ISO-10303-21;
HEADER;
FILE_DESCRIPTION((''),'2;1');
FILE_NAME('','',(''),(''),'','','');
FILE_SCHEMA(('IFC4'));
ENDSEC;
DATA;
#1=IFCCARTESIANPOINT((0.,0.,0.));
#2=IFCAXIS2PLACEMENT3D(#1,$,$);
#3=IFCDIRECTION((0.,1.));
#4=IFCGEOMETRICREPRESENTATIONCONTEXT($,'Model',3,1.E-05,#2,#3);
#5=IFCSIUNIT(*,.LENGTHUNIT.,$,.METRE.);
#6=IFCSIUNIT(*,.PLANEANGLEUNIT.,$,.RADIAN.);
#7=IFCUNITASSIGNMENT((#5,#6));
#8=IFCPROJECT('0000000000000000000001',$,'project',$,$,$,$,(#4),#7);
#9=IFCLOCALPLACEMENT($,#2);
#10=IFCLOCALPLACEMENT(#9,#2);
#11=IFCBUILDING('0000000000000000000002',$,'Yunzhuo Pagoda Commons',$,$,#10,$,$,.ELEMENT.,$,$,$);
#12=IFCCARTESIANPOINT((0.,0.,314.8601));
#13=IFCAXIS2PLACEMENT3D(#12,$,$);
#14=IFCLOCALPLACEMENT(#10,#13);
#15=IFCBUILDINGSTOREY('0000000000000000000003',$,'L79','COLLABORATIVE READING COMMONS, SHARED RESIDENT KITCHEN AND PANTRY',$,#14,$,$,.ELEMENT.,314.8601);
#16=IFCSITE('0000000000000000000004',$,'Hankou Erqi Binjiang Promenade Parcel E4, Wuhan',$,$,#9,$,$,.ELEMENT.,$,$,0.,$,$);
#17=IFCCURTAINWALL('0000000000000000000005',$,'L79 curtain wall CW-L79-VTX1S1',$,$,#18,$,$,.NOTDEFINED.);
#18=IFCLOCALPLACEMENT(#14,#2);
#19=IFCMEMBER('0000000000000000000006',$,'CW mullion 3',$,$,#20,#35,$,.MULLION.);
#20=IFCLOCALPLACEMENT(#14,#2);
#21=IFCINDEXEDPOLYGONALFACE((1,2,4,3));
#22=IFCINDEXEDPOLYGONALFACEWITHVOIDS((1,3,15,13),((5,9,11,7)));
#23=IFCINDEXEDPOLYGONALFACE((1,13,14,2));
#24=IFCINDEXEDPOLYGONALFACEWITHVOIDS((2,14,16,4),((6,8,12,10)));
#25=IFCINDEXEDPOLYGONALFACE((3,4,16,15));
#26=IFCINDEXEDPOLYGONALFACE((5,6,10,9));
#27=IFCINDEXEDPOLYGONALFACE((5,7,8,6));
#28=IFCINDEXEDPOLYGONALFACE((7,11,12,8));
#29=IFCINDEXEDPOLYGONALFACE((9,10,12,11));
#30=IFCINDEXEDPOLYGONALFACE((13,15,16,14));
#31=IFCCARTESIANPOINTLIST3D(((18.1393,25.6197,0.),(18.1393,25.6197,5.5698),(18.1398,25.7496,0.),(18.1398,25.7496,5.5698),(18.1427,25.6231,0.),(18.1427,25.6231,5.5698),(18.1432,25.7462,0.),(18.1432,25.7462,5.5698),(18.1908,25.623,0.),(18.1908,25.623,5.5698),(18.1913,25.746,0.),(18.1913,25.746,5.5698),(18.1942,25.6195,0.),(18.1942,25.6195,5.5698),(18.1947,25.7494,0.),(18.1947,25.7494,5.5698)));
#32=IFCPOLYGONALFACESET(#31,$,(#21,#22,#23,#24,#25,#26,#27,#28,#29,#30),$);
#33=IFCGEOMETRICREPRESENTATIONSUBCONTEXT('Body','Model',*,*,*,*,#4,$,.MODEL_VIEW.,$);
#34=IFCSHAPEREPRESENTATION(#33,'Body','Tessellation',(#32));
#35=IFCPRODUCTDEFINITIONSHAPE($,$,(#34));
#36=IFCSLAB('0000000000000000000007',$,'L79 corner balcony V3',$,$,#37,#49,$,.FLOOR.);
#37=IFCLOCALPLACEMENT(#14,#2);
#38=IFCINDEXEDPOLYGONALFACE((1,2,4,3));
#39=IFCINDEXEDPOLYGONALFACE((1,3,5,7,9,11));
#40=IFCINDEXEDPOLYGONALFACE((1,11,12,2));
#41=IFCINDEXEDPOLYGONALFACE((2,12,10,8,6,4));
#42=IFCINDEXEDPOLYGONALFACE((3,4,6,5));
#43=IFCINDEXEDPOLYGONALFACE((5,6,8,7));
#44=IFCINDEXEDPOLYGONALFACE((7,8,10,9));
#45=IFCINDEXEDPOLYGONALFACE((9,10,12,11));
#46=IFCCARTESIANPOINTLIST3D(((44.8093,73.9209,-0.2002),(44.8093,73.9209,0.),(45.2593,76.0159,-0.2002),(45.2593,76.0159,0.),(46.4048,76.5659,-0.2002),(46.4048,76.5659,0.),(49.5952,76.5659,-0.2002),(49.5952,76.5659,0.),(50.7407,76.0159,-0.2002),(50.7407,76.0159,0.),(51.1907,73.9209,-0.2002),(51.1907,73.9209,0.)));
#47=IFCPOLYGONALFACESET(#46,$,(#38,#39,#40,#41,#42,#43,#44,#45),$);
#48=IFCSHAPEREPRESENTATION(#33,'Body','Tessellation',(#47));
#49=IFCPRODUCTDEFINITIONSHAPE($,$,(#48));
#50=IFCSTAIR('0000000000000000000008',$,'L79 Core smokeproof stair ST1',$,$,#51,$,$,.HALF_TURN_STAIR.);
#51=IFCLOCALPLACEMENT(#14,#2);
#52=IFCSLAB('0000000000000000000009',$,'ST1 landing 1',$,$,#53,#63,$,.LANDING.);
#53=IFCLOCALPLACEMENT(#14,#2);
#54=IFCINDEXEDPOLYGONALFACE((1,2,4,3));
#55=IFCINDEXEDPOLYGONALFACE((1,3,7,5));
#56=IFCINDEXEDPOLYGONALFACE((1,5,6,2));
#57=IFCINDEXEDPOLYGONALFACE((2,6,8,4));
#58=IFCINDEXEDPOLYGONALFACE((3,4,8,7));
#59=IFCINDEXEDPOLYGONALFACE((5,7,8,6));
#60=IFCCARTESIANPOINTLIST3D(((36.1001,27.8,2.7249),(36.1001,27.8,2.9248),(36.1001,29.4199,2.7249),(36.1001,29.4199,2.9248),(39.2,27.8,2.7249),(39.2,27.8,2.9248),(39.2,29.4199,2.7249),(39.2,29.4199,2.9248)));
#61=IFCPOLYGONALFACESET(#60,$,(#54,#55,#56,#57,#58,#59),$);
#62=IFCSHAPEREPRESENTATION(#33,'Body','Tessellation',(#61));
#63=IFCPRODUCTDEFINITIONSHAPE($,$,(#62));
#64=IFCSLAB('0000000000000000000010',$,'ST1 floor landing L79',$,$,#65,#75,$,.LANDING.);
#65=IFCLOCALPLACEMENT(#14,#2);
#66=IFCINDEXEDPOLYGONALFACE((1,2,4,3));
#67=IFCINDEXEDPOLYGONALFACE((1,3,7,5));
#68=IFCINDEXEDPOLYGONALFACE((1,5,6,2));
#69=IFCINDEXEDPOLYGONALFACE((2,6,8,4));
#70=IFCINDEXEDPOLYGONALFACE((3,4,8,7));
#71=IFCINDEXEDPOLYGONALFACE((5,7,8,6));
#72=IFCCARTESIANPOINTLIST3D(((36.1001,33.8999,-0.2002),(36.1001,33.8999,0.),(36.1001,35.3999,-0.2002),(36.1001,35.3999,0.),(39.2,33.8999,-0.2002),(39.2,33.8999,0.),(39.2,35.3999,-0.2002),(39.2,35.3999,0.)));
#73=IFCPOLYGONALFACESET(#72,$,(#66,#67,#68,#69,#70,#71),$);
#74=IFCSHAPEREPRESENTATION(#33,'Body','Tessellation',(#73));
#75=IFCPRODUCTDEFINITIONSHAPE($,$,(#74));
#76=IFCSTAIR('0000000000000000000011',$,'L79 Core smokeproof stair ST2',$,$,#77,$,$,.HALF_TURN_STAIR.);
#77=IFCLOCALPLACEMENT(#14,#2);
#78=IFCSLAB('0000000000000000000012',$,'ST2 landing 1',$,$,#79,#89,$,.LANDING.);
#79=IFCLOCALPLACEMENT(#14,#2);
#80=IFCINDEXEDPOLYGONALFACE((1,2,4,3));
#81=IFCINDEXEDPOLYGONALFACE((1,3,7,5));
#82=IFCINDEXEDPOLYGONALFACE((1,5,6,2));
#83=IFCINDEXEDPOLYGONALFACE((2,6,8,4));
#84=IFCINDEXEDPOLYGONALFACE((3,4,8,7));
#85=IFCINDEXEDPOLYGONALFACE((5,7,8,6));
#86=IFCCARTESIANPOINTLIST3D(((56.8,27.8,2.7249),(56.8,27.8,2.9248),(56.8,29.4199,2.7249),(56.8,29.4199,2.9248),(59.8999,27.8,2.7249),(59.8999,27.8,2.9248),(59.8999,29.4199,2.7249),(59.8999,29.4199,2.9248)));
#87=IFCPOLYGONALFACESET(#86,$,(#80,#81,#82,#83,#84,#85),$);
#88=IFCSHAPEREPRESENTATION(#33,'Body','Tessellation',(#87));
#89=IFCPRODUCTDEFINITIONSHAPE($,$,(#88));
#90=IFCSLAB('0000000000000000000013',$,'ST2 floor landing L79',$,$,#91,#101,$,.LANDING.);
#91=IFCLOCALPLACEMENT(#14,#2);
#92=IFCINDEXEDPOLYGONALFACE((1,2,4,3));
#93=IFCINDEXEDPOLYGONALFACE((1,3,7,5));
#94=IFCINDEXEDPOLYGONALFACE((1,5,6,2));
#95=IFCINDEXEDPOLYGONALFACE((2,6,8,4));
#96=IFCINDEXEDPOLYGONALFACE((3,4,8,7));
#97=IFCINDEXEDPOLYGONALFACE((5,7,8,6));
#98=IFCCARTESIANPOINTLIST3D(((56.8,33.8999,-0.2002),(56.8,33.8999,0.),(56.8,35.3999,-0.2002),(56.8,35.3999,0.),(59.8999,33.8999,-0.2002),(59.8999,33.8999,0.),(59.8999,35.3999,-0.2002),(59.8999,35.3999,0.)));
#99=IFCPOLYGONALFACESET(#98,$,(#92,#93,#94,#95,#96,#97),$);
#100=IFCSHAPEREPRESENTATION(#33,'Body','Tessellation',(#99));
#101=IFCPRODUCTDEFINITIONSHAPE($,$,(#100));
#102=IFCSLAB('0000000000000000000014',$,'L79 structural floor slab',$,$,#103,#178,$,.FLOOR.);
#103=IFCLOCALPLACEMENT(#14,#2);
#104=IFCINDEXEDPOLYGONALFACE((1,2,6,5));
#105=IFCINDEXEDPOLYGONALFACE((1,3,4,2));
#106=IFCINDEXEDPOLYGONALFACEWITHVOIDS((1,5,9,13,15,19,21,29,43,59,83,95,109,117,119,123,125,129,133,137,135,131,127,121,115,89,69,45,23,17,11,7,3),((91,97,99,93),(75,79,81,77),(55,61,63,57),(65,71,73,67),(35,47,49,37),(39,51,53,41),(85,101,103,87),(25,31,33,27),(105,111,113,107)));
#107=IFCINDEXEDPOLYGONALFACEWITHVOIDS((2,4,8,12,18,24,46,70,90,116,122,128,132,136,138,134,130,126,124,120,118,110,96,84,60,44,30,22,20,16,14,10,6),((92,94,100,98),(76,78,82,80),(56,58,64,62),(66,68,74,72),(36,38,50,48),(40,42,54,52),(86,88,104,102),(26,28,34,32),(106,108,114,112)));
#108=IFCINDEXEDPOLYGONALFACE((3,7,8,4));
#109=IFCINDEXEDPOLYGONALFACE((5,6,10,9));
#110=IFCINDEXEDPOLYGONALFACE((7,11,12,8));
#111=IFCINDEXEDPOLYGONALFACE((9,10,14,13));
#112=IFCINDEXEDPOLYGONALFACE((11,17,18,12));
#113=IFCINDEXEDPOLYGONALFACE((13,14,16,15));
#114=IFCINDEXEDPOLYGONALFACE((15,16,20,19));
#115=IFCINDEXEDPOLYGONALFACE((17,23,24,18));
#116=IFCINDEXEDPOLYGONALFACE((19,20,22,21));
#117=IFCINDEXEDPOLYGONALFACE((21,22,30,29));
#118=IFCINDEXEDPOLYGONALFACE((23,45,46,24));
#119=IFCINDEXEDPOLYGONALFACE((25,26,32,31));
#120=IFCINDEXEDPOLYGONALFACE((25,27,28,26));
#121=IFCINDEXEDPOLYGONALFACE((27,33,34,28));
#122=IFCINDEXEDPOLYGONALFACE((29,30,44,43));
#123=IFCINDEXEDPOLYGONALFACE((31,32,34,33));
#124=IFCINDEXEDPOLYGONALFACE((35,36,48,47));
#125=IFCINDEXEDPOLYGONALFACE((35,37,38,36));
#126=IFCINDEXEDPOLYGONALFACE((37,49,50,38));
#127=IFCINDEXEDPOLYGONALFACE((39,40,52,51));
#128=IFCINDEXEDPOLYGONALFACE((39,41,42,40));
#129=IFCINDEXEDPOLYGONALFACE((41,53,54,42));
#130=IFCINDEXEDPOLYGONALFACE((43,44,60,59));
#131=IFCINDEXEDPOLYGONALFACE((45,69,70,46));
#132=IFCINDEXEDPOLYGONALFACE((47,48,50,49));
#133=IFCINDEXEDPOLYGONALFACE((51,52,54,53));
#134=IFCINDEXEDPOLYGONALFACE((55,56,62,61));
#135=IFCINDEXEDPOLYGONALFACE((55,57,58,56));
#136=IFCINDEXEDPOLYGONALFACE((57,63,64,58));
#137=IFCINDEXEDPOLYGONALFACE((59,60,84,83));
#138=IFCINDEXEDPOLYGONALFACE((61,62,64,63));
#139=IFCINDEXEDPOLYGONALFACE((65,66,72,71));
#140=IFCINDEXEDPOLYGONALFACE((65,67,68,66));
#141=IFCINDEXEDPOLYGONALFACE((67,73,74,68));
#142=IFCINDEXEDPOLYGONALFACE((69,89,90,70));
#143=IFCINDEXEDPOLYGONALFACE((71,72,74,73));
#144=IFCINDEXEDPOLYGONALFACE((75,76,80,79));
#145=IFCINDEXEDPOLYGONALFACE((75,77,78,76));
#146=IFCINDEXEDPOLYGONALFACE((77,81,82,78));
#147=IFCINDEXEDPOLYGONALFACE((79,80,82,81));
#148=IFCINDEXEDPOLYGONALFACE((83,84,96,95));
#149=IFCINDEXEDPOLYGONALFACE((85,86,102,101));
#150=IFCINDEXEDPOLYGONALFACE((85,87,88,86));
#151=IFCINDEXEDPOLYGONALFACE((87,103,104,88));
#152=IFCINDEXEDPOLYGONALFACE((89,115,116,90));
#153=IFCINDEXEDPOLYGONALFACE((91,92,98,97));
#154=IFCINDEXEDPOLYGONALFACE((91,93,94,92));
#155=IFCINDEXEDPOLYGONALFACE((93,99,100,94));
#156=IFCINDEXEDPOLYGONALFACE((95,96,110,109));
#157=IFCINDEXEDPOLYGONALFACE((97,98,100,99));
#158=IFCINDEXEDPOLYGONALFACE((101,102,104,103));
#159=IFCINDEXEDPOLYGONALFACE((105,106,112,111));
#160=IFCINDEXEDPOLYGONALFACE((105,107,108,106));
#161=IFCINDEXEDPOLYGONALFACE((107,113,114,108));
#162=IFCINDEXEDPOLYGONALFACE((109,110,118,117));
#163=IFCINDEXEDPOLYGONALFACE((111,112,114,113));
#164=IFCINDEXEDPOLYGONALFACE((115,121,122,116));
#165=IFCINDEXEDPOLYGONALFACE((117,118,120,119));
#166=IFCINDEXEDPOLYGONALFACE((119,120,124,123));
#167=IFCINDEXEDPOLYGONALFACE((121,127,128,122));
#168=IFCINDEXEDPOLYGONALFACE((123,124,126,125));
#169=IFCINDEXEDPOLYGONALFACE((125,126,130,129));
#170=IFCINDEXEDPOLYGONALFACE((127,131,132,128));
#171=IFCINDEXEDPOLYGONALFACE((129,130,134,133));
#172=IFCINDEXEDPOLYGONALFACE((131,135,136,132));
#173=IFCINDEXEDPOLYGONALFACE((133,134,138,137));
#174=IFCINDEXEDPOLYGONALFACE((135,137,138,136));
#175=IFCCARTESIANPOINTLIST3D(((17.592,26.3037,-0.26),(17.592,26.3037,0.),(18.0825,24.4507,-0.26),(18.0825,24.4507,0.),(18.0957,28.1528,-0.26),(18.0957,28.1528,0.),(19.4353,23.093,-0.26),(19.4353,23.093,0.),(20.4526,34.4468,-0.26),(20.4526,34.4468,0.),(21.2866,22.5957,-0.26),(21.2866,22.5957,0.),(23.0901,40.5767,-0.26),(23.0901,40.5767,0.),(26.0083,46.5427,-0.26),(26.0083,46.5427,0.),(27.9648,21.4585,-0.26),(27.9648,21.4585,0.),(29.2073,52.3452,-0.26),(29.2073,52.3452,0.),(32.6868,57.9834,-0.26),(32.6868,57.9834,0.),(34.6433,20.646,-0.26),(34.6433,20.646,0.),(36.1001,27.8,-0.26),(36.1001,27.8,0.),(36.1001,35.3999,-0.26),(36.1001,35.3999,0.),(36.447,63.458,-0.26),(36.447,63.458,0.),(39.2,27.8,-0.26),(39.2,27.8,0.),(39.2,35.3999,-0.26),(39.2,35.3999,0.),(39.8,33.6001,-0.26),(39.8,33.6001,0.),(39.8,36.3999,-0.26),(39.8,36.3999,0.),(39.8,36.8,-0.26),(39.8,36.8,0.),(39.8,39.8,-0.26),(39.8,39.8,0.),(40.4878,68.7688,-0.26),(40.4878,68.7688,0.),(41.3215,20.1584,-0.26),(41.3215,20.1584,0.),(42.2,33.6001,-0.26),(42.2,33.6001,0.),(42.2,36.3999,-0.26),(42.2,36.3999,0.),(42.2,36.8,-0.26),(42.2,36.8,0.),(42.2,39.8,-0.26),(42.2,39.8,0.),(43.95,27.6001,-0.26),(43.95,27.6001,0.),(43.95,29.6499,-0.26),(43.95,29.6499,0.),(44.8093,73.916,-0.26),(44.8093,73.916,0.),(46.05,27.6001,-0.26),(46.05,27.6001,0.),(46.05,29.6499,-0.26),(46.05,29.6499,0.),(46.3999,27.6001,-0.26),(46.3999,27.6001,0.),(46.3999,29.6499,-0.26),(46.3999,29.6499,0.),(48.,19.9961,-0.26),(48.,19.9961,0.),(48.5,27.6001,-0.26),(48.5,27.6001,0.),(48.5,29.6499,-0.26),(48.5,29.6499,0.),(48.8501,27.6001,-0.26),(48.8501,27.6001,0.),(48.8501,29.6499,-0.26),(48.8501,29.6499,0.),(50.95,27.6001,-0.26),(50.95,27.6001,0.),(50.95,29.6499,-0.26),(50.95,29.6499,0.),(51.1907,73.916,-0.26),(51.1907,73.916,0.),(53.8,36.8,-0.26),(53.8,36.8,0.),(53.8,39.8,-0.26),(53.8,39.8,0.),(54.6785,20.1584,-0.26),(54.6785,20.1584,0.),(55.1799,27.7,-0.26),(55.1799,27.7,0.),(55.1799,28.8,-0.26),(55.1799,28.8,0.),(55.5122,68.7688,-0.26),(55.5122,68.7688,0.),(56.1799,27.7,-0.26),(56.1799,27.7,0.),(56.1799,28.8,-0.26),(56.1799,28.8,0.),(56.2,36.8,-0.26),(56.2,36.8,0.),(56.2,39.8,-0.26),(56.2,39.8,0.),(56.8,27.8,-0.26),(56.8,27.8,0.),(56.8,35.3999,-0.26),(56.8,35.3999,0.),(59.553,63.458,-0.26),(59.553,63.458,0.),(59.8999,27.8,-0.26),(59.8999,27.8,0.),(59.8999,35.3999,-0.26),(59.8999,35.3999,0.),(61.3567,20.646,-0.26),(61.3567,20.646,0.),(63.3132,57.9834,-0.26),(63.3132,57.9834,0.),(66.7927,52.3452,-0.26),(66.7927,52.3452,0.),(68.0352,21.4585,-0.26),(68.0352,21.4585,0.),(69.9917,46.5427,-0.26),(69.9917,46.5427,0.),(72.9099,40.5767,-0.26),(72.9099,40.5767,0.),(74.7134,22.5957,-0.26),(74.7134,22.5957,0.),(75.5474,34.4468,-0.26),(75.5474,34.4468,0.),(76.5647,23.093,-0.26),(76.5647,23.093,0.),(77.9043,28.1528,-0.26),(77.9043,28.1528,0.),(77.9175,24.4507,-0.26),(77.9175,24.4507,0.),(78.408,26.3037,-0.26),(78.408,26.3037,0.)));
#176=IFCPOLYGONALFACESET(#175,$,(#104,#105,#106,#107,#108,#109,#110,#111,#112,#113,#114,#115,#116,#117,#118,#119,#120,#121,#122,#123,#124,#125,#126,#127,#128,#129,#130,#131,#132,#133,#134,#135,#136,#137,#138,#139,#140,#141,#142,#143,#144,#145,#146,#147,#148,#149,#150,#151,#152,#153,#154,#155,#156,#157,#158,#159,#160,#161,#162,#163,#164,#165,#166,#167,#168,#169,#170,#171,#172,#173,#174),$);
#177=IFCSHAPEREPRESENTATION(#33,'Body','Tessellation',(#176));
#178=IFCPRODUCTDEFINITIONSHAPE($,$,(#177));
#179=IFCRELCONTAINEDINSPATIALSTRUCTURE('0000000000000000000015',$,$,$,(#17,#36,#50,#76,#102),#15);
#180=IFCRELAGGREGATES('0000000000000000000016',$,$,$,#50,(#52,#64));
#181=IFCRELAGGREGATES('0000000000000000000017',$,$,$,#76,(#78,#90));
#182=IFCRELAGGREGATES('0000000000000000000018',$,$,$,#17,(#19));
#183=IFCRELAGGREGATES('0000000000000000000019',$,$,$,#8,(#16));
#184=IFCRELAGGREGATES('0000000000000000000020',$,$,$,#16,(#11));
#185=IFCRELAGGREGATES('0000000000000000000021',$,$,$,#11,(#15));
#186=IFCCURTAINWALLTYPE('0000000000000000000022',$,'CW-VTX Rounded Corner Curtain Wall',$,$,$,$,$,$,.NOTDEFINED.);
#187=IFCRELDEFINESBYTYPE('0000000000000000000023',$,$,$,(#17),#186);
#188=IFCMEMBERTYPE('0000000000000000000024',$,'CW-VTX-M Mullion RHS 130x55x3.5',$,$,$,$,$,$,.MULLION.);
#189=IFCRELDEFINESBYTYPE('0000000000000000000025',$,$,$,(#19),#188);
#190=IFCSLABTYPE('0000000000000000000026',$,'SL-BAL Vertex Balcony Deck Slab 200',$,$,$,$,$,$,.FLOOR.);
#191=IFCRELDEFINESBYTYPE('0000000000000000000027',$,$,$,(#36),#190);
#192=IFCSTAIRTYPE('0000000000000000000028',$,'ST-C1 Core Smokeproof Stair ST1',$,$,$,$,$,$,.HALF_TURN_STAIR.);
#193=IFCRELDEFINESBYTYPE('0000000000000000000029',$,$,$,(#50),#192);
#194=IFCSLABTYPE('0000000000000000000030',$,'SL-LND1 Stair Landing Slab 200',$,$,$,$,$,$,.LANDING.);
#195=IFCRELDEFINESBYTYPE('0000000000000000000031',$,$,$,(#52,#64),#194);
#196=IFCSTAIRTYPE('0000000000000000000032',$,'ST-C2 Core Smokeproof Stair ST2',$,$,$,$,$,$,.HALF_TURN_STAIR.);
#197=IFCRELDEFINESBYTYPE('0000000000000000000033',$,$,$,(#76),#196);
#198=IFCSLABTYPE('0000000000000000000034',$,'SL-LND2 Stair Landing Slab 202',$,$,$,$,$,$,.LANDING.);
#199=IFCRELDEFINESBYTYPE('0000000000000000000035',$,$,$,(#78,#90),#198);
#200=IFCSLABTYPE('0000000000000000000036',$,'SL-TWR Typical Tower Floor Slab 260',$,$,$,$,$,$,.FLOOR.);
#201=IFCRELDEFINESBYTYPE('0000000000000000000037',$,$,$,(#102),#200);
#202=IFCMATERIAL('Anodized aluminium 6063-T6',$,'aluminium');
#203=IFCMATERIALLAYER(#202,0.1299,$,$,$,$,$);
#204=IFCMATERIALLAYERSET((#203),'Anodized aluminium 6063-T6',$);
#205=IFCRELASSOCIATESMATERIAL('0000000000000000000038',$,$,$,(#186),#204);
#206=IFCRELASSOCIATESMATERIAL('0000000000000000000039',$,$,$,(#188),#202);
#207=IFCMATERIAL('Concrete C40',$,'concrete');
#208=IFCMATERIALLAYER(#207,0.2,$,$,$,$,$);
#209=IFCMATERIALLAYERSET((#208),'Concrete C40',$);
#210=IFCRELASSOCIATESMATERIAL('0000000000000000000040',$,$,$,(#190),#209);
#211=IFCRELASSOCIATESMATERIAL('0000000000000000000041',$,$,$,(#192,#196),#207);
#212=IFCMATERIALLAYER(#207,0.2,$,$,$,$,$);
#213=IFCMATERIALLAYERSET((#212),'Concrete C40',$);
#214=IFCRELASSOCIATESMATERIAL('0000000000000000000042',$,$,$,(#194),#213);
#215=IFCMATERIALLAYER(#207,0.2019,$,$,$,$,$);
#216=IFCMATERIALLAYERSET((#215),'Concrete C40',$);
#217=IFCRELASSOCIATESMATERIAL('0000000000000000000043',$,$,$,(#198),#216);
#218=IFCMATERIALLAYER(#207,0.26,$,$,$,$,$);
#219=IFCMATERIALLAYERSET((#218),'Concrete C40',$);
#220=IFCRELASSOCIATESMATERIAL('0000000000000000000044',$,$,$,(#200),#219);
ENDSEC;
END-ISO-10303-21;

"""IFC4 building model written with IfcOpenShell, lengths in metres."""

from ifc_helpers import new_model, si_unit, direction, frame, origin, origin_2d, place, context, subcontext, project, spatial, polyline, hollow_rectangle, outline, extrude, source, transform, mapped, material, layer, layer_set, material_profile, profile_set, type_object, element, aggregate, save


model = new_model("IFC4")

# Units and contexts
model_context = context("Model", 3, precision=1e-05, world=origin(), true_north=direction((0.0, 1.0)))
body_context = subcontext(model_context, "Body", "Model", "MODEL_VIEW")
ifc_project = project(units=[si_unit("LENGTHUNIT", "METRE"), si_unit("PLANEANGLEUNIT", "RADIAN")], contexts=[model_context])

# Site, building, storey
site_placement = place(None, origin())
site = spatial("IfcSite", under=ifc_project, at=site_placement, Name="Hankou Erqi Binjiang Promenade Parcel E4, Wuhan", CompositionType="ELEMENT", RefElevation=0.0)
building_placement = place(site_placement, origin())
building = spatial("IfcBuilding", under=site, at=building_placement, Name="Yunzhuo Pagoda Commons", CompositionType="ELEMENT")
storey_placement = place(building_placement, frame((0.0, 0.0, 314.8601)))
storey = spatial("IfcBuildingStorey", under=building, at=storey_placement, Name="L79", Description="COLLABORATIVE READING COMMONS, SHARED RESIDENT KITCHEN AND PANTRY", CompositionType="ELEMENT", Elevation=314.8601)

# Curtain wall
ifc_material_1 = material(Name="Anodized aluminium 6063-T6", Category="aluminium")
ifc_layer_1 = layer(ifc_material_1, 0.1299)
ifc_layer_set_1 = layer_set([ifc_layer_1], Name="Anodized aluminium 6063-T6")
curtain_wall_type_1 = type_object("IfcCurtainWallType", Name="CW-VTX Rounded Corner Curtain Wall", PredefinedType="NOTDEFINED", material=ifc_layer_set_1)
curtain_wall_1_placement = place(storey_placement, origin())
curtain_wall_1 = element("IfcCurtainWall", 1, at=curtain_wall_1_placement, inside=storey, type_object=curtain_wall_type_1, Name="L79 curtain wall CW-L79-VTX1S1", PredefinedType="NOTDEFINED")

# Member
ifc_material_profile_1 = material_profile(ifc_material_1, hollow_rectangle(XDim=0.0549, YDim=0.1299, WallThickness=0.0034, at=origin_2d()), Name="Anodized aluminium 6063-T6")
ifc_profile_set_1 = profile_set([ifc_material_profile_1], Name="Anodized aluminium 6063-T6")
member_type_1 = type_object("IfcMemberType", Name="CW-VTX-M Mullion RHS 130x55x3.5", PredefinedType="MULLION", material=ifc_profile_set_1)
shared_shape_1 = source(origin(), body_context, "Body", "SweptSolid", [
    extrude(hollow_rectangle(XDim=0.0549, YDim=0.1299, WallThickness=0.0034, at=origin_2d()), origin(), (0.0, 0.0, 1.0), 5.5698),
])
member_1_placement = place(storey_placement, frame((18.167, 25.6846, 0.0), z_axis=(0.0, 0.0, 1.0), x_axis=(0.999994, -0.003592, 0.0)))
member_1 = element("IfcMember", 2, at=member_1_placement, type_object=member_type_1, Name="CW mullion 3", PredefinedType="MULLION", context=body_context, shape_type="MappedRepresentation", body=[
    mapped(shared_shape_1, transform((0.0, 0.0, 0.0), scale=1.0)),
])

# Slab
ifc_material_2 = material(Name="Concrete C40", Category="concrete")
ifc_layer_2 = layer(ifc_material_2, 0.2)
ifc_layer_set_2 = layer_set([ifc_layer_2], Name="Concrete C40")
slab_type_1 = type_object("IfcSlabType", Name="SL-BAL Vertex Balcony Deck Slab 200", PredefinedType="FLOOR", material=ifc_layer_set_2)
slab_1_placement = place(storey_placement, frame((0.0, 0.0, -0.2002)))
element("IfcSlab", 3, at=slab_1_placement, inside=storey, type_object=slab_type_1, Name="L79 corner balcony V3", PredefinedType="FLOOR", context=body_context, shape_type="SweptSolid", body=[
    extrude(outline(polyline([(51.1907, 73.9209), (44.8093, 73.9209), (45.2593, 76.0159), (46.4048, 76.5659), (49.5952, 76.5659), (50.7407, 76.0159), (51.1907, 73.9209)])), origin(), (0.0, 0.0, 1.0), 0.2002),
])

# Stairs, slabs
stair_type_1 = type_object("IfcStairType", Name="ST-C1 Core Smokeproof Stair ST1", PredefinedType="HALF_TURN_STAIR", material=ifc_material_2)
stair_1_placement = place(storey_placement, origin())
stair_1 = element("IfcStair", 4, at=stair_1_placement, inside=storey, type_object=stair_type_1, Name="L79 Core smokeproof stair ST1", PredefinedType="HALF_TURN_STAIR")
ifc_layer_3 = layer(ifc_material_2, 0.2)
ifc_layer_set_3 = layer_set([ifc_layer_3], Name="Concrete C40")
slab_type_2 = type_object("IfcSlabType", Name="SL-LND1 Stair Landing Slab 200", PredefinedType="LANDING", material=ifc_layer_set_3)
slab_2_placement = place(storey_placement, frame((0.0, 0.0, 2.7249)))
slab_2 = element("IfcSlab", 5, at=slab_2_placement, type_object=slab_type_2, Name="ST1 landing 1", PredefinedType="LANDING", context=body_context, shape_type="SweptSolid", body=[
    extrude(outline(polyline([(36.1001, 29.4199), (36.1001, 27.8), (39.2, 27.8), (39.2, 29.4199), (36.1001, 29.4199)])), origin(), (0.0, 0.0, 1.0), 0.2),
])
slab_3_placement = place(storey_placement, frame((0.0, 0.0, -0.2002)))
slab_3 = element("IfcSlab", 6, at=slab_3_placement, type_object=slab_type_2, Name="ST1 floor landing L79", PredefinedType="LANDING", context=body_context, shape_type="SweptSolid", body=[
    extrude(outline(polyline([(36.1001, 35.3999), (36.1001, 33.8999), (39.2, 33.8999), (39.2, 35.3999), (36.1001, 35.3999)])), origin(), (0.0, 0.0, 1.0), 0.2002),
])
aggregate(stair_1, [slab_2, slab_3])
stair_type_2 = type_object("IfcStairType", Name="ST-C2 Core Smokeproof Stair ST2", PredefinedType="HALF_TURN_STAIR", material=ifc_material_2)
stair_2_placement = place(storey_placement, origin())
stair_2 = element("IfcStair", 7, at=stair_2_placement, inside=storey, type_object=stair_type_2, Name="L79 Core smokeproof stair ST2", PredefinedType="HALF_TURN_STAIR")
ifc_layer_4 = layer(ifc_material_2, 0.2019)
ifc_layer_set_4 = layer_set([ifc_layer_4], Name="Concrete C40")
slab_type_3 = type_object("IfcSlabType", Name="SL-LND2 Stair Landing Slab 202", PredefinedType="LANDING", material=ifc_layer_set_4)
slab_4_placement = place(storey_placement, frame((0.0, 0.0, 2.7249)))
slab_4 = element("IfcSlab", 8, at=slab_4_placement, type_object=slab_type_3, Name="ST2 landing 1", PredefinedType="LANDING", context=body_context, shape_type="SweptSolid", body=[
    extrude(outline(polyline([(56.8, 29.4199), (56.8, 27.8), (59.8999, 27.8), (59.8999, 29.4199), (56.8, 29.4199)])), origin(), (0.0, 0.0, 1.0), 0.2),
])
slab_5_placement = place(storey_placement, frame((0.0, 0.0, -0.2002)))
slab_5 = element("IfcSlab", 9, at=slab_5_placement, type_object=slab_type_3, Name="ST2 floor landing L79", PredefinedType="LANDING", context=body_context, shape_type="SweptSolid", body=[
    extrude(outline(polyline([(56.8, 35.3999), (56.8, 33.8999), (59.8999, 33.8999), (59.8999, 35.3999), (56.8, 35.3999)])), origin(), (0.0, 0.0, 1.0), 0.2002),
])
aggregate(stair_2, [slab_4, slab_5])

# Slab
ifc_layer_5 = layer(ifc_material_2, 0.26)
ifc_layer_set_5 = layer_set([ifc_layer_5], Name="Concrete C40")
slab_type_4 = type_object("IfcSlabType", Name="SL-TWR Typical Tower Floor Slab 260", PredefinedType="FLOOR", material=ifc_layer_set_5)
slab_6_placement = place(storey_placement, frame((0.0, 0.0, -0.26)))
element("IfcSlab", 10, at=slab_6_placement, inside=storey, type_object=slab_type_4, Name="L79 structural floor slab", PredefinedType="FLOOR", context=body_context, shape_type="SweptSolid", body=[
    extrude(outline(polyline([(20.4526, 34.4468), (23.0901, 40.5767), (26.0083, 46.5427), (29.2073, 52.3452), (32.6868, 57.9834), (36.447, 63.458), (40.4878, 68.7688), (44.8093, 73.916), (51.1907, 73.916), (55.5122, 68.7688), (59.553, 63.458), (63.3132, 57.9834), (66.7927, 52.3452), (69.9917, 46.5427), (72.9099, 40.5767), (75.5474, 34.4468), (77.9043, 28.1528), (78.408, 26.3037), (77.9175, 24.4507), (76.5647, 23.093), (74.7134, 22.5957), (68.0352, 21.4585), (61.3567, 20.646), (54.6785, 20.1584), (48.0, 19.9961), (41.3215, 20.1584), (34.6433, 20.646), (27.9648, 21.4585), (21.2866, 22.5957), (19.4353, 23.093), (18.0825, 24.4507), (17.592, 26.3037), (18.0957, 28.1528), (20.4526, 34.4468)]), holes=[polyline([(56.1799, 28.8), (55.1799, 28.8), (55.1799, 27.7), (56.1799, 27.7), (56.1799, 28.8)]), polyline([(46.05, 29.6499), (43.95, 29.6499), (43.95, 27.6001), (46.05, 27.6001), (46.05, 29.6499)]), polyline([(48.5, 29.6499), (46.3999, 29.6499), (46.3999, 27.6001), (48.5, 27.6001), (48.5, 29.6499)]), polyline([(50.95, 29.6499), (48.8501, 29.6499), (48.8501, 27.6001), (50.95, 27.6001), (50.95, 29.6499)]), polyline([(39.2, 27.8), (39.2, 35.3999), (36.1001, 35.3999), (36.1001, 27.8), (39.2, 27.8)]), polyline([(59.8999, 27.8), (59.8999, 35.3999), (56.8, 35.3999), (56.8, 27.8), (59.8999, 27.8)]), polyline([(42.2, 36.3999), (39.8, 36.3999), (39.8, 33.6001), (42.2, 33.6001), (42.2, 36.3999)]), polyline([(42.2, 36.8), (42.2, 39.8), (39.8, 39.8), (39.8, 36.8), (42.2, 36.8)]), polyline([(56.2, 36.8), (56.2, 39.8), (53.8, 39.8), (53.8, 36.8), (56.2, 36.8)])]), origin(), (0.0, 0.0, 1.0), 0.26),
])

aggregate(curtain_wall_1, [member_1])

save(model, "model.ifc")
